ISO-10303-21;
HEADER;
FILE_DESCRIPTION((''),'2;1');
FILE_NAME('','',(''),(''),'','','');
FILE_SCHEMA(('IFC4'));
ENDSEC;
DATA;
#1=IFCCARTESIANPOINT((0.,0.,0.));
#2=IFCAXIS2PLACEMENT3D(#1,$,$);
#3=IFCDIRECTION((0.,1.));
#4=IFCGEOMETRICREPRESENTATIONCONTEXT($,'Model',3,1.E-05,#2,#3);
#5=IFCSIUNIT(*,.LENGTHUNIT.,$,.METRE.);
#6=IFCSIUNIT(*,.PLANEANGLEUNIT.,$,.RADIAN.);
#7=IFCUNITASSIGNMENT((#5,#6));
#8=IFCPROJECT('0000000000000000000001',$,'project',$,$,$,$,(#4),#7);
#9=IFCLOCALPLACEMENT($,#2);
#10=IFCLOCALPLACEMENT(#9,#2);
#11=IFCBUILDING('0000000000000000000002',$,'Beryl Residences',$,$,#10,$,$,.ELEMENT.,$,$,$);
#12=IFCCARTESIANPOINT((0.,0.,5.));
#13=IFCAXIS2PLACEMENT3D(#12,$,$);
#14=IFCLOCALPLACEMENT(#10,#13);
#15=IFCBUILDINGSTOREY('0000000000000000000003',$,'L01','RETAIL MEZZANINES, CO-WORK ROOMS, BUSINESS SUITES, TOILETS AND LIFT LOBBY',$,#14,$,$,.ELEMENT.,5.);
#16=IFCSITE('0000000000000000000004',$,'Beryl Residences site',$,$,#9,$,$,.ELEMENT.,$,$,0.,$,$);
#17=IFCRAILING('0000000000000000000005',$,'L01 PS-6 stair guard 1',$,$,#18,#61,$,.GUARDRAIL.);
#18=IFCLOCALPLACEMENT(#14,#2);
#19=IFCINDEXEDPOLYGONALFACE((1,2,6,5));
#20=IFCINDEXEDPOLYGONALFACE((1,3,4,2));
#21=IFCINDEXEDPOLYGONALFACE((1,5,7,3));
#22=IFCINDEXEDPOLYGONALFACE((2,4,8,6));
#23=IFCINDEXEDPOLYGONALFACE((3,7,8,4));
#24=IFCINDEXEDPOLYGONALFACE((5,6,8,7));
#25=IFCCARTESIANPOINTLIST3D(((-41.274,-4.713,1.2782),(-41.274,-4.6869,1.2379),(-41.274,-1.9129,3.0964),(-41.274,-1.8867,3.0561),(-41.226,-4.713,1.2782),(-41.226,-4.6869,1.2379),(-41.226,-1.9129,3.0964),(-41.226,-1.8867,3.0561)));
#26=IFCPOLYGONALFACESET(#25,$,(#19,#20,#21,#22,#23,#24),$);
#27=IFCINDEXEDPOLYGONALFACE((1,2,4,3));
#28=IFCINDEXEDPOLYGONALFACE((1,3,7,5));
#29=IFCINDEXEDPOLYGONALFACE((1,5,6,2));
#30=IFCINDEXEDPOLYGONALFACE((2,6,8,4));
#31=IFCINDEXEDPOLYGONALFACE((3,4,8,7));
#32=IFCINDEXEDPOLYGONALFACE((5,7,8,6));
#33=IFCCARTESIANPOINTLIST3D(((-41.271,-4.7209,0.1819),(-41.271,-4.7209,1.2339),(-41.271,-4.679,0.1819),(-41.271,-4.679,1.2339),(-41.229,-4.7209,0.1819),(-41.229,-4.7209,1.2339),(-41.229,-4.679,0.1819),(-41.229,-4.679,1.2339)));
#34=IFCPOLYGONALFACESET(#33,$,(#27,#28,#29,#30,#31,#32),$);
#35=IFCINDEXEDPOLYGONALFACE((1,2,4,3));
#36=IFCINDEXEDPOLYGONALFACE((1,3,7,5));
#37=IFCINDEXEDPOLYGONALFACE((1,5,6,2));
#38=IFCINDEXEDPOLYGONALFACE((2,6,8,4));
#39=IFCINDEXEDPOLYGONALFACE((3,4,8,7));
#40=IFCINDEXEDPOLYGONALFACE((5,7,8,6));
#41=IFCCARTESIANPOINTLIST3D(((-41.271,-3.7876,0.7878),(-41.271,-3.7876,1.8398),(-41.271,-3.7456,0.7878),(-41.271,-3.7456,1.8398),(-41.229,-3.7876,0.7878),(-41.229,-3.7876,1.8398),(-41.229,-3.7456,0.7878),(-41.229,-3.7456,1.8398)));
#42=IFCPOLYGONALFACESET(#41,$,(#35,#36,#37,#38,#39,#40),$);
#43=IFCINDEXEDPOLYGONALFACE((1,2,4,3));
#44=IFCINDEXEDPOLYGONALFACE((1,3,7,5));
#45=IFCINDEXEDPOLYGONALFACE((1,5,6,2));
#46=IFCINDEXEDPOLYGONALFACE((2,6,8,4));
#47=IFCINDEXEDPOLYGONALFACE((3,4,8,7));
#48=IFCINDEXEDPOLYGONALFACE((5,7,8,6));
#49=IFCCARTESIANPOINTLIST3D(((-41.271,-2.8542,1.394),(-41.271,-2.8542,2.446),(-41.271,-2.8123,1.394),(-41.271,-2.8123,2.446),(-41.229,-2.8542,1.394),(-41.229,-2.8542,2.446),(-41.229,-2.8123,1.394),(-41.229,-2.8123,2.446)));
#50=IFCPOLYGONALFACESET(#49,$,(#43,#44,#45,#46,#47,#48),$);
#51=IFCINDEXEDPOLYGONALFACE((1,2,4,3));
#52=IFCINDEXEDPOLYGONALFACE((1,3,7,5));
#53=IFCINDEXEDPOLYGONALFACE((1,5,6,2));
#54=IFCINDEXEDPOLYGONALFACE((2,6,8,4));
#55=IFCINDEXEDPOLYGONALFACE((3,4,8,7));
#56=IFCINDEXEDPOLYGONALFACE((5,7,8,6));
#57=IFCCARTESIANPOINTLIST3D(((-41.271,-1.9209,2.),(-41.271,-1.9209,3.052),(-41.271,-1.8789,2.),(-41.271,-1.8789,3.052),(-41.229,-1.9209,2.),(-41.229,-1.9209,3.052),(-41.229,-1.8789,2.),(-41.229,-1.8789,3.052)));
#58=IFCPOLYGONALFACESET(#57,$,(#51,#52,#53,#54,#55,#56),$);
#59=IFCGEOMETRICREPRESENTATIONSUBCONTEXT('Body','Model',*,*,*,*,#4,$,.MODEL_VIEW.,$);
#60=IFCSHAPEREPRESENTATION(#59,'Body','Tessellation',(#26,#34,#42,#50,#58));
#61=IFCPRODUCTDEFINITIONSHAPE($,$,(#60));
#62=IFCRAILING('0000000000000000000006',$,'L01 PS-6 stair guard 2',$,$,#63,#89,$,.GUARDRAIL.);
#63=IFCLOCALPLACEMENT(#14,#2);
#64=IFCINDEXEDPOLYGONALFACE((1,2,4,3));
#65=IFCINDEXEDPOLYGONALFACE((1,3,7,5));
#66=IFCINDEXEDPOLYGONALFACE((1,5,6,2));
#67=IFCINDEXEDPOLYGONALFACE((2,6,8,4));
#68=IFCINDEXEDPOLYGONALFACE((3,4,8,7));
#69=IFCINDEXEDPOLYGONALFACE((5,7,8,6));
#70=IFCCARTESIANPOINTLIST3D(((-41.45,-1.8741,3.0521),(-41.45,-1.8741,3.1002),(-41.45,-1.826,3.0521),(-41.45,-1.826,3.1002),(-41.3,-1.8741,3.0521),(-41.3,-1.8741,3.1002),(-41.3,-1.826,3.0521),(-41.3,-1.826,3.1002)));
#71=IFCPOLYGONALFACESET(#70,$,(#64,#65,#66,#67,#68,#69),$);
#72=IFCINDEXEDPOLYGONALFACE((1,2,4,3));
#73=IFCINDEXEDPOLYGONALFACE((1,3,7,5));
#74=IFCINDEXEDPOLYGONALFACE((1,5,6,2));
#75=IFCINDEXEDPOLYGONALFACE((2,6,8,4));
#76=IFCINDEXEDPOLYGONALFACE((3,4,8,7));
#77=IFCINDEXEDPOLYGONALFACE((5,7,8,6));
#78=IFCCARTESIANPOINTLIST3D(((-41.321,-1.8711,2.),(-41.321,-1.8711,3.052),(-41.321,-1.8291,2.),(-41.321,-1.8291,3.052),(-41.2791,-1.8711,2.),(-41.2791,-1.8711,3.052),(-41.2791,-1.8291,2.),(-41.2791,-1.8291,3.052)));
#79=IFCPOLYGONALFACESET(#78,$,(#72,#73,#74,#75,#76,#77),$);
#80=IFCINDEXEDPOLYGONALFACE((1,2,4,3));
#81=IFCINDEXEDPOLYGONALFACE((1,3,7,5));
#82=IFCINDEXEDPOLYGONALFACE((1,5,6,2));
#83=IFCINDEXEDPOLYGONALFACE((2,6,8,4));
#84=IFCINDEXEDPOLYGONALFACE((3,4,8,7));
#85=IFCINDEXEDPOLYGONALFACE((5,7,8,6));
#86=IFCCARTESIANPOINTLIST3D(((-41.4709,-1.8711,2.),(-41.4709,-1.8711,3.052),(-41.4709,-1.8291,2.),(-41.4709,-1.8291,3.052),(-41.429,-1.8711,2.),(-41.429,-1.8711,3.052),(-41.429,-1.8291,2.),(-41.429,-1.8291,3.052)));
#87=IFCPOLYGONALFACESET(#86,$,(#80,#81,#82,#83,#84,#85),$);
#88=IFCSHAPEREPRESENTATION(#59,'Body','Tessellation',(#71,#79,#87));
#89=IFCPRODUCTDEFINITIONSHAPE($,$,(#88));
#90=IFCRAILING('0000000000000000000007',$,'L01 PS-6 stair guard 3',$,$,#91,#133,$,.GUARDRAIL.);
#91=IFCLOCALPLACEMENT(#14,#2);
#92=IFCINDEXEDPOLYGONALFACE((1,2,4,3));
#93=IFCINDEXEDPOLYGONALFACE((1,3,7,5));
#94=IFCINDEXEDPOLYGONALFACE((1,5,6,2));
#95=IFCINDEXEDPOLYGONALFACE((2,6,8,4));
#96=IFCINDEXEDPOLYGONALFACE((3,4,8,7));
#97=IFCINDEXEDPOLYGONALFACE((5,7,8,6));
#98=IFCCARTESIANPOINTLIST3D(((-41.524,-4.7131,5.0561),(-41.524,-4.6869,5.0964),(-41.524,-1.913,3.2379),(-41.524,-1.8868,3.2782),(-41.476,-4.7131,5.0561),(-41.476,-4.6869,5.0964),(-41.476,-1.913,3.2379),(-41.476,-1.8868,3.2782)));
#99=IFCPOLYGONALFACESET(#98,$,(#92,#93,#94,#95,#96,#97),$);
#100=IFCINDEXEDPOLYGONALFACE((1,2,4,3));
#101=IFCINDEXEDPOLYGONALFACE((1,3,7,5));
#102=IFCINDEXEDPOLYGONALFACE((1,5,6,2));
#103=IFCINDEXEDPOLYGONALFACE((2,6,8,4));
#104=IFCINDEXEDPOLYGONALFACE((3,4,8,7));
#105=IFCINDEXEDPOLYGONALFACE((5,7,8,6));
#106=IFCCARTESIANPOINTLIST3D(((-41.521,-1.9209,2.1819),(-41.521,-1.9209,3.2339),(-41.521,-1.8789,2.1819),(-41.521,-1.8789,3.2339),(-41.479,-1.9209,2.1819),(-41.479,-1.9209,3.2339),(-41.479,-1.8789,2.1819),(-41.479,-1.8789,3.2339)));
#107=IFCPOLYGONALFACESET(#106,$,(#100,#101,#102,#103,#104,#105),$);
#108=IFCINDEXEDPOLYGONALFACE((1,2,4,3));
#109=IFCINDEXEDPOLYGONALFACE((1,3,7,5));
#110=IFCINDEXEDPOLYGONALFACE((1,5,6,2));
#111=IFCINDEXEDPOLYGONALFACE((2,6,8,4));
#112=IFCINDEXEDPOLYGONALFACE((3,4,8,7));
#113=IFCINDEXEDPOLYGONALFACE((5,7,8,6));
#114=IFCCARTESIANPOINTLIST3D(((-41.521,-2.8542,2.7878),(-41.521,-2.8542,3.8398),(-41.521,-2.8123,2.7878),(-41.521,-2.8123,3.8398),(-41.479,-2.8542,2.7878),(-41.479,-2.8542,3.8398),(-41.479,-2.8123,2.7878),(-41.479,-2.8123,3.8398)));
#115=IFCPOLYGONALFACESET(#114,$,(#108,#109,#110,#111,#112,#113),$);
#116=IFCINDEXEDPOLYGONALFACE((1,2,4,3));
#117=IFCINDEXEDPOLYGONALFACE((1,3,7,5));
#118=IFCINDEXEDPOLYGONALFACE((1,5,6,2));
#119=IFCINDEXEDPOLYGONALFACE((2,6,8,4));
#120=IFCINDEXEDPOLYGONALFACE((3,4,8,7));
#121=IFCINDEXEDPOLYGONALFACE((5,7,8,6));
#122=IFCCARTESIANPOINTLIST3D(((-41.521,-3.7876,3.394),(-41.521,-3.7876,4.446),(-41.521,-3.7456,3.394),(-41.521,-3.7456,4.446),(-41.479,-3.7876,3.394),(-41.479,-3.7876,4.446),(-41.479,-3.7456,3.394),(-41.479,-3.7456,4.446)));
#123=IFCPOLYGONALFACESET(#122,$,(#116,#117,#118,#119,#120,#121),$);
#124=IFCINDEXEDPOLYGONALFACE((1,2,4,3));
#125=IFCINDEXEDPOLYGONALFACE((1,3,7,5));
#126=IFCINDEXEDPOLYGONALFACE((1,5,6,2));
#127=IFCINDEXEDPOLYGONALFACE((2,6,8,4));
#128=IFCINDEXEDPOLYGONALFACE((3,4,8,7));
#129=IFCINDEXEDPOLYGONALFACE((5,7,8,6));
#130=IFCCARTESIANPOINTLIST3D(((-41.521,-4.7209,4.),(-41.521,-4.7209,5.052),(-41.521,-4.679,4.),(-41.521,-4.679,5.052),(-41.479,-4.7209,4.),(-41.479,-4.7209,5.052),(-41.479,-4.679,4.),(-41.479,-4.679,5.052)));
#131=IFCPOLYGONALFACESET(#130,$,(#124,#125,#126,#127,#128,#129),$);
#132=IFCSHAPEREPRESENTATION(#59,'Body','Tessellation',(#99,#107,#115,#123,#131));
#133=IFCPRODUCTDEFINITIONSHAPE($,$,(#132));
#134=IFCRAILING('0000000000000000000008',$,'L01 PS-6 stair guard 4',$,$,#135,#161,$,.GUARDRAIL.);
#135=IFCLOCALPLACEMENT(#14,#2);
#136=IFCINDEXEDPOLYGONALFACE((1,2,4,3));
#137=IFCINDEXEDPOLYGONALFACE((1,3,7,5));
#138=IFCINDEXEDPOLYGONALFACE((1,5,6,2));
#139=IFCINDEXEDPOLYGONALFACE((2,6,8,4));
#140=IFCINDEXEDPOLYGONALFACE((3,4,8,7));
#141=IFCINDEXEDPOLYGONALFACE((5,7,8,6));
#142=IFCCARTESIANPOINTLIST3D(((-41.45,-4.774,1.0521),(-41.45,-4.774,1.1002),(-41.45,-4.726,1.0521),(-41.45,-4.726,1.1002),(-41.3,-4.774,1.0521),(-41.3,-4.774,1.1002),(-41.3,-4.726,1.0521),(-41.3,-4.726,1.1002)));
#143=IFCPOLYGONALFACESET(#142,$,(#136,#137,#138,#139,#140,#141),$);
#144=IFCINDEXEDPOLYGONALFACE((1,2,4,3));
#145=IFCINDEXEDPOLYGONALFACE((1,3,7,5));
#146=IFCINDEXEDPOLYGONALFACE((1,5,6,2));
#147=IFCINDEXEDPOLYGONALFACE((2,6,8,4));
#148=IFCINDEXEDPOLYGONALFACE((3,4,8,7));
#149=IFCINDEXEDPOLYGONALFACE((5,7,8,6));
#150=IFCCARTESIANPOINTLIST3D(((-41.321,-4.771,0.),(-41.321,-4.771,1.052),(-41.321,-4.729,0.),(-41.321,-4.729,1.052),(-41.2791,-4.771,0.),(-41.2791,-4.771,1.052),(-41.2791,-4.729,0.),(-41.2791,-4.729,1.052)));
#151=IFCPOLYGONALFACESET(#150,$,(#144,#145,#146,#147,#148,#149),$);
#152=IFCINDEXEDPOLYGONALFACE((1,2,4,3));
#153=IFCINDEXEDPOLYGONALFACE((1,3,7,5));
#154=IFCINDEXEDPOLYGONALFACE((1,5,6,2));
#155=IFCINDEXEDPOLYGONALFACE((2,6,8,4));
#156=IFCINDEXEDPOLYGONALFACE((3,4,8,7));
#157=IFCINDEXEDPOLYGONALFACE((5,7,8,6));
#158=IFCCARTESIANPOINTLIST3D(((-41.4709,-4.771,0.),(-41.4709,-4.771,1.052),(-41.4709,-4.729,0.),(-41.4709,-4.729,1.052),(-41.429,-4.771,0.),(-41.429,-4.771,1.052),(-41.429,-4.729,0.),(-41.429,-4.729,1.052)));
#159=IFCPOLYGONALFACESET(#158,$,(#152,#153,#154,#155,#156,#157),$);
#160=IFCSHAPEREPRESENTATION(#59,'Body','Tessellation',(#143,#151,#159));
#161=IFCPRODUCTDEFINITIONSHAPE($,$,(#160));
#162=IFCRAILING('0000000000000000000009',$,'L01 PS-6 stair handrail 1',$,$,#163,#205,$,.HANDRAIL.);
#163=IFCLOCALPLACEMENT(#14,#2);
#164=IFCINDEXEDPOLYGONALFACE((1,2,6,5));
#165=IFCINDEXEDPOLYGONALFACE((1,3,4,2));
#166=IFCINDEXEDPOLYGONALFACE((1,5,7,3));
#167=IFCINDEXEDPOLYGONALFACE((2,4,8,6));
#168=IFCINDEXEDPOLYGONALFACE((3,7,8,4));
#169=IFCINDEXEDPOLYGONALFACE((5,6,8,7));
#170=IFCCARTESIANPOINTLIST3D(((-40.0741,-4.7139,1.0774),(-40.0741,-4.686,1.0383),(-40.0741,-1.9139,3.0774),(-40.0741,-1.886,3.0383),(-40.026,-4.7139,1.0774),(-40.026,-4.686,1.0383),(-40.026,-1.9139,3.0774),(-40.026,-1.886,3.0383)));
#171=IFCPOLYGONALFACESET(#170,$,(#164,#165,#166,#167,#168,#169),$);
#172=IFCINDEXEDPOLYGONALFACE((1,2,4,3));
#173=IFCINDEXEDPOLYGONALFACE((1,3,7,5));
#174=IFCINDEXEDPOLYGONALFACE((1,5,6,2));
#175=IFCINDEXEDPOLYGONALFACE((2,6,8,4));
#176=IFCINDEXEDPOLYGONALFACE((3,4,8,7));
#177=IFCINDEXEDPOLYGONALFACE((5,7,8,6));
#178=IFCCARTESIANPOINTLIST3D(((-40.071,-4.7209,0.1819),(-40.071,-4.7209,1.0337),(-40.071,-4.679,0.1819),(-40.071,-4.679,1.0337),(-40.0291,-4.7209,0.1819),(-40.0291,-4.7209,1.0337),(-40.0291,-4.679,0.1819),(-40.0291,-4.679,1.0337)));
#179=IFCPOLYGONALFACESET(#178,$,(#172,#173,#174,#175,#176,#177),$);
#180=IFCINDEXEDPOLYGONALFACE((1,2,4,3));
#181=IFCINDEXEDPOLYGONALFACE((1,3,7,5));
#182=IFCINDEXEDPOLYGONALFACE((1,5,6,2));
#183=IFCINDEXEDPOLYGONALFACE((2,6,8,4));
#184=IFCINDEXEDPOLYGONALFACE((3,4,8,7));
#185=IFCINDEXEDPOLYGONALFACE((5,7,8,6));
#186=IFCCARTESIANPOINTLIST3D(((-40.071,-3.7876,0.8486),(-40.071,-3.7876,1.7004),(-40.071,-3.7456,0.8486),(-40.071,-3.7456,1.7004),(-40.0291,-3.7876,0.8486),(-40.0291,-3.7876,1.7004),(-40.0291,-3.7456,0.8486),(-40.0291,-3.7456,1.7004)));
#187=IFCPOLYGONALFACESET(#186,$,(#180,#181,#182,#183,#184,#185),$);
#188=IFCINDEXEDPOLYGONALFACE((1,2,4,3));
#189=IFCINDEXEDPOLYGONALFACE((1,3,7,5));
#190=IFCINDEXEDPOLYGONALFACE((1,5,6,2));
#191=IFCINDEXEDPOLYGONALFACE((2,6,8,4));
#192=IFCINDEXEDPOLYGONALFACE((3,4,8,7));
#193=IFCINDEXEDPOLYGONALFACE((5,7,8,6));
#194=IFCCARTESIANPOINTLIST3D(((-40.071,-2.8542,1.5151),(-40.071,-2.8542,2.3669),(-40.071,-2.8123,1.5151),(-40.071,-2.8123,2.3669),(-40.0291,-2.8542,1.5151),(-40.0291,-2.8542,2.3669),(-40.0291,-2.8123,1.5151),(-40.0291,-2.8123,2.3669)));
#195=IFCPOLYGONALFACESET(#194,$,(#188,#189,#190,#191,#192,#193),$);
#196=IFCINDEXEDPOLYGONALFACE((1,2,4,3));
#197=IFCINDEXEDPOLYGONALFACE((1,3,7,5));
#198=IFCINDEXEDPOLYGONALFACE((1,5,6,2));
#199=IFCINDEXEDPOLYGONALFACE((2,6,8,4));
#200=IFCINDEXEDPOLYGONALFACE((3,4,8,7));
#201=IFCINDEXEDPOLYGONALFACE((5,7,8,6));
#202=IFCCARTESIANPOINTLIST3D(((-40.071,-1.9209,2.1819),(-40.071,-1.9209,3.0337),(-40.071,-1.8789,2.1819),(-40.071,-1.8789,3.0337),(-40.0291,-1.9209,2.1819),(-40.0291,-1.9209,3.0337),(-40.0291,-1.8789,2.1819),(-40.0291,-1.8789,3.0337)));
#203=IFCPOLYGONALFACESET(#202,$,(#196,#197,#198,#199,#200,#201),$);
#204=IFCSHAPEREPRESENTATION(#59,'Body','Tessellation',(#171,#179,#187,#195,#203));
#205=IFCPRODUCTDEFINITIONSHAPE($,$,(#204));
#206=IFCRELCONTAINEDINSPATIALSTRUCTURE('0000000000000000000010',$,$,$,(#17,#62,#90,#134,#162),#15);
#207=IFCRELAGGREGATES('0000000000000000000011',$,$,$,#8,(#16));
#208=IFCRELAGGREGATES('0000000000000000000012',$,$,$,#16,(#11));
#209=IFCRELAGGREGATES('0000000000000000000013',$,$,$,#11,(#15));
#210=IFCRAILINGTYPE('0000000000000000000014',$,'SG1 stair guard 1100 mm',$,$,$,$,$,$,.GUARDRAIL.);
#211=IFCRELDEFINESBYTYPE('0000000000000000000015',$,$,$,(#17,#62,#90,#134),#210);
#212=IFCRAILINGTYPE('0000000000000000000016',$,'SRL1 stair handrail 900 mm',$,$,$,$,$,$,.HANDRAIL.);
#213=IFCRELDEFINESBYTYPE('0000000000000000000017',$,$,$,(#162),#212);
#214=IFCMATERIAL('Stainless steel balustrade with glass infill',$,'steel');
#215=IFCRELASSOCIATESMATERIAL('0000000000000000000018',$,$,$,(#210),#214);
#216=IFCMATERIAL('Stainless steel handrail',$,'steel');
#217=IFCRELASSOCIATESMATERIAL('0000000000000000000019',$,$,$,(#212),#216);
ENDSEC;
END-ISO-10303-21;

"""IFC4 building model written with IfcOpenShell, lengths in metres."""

from ifc_helpers import new_model, si_unit, direction, frame, origin, origin_2d, place, context, subcontext, project, spatial, rectangle, extrude, material, type_object, element, save


model = new_model("IFC4")

# Units and contexts
model_context = context("Model", 3, precision=1e-05, world=origin(), true_north=direction((0.0, 1.0)))
body_context = subcontext(model_context, "Body", "Model", "MODEL_VIEW")
ifc_project = project(units=[si_unit("LENGTHUNIT", "METRE"), si_unit("PLANEANGLEUNIT", "RADIAN")], contexts=[model_context])

# Site, building, storey
site_placement = place(None, origin())
site = spatial("IfcSite", under=ifc_project, at=site_placement, Name="Beryl Residences site", CompositionType="ELEMENT", RefElevation=0.0)
building_placement = place(site_placement, origin())
building = spatial("IfcBuilding", under=site, at=building_placement, Name="Beryl Residences", CompositionType="ELEMENT")
storey_placement = place(building_placement, frame((0.0, 0.0, 5.0)))
storey = spatial("IfcBuildingStorey", under=building, at=storey_placement, Name="L01", Description="RETAIL MEZZANINES, CO-WORK ROOMS, BUSINESS SUITES, TOILETS AND LIFT LOBBY", CompositionType="ELEMENT", Elevation=5.0)

# Railings
ifc_material_1 = material(Name="Stainless steel balustrade with glass infill", Category="steel")
railing_type_1 = type_object("IfcRailingType", Name="SG1 stair guard 1100 mm", PredefinedType="GUARDRAIL", material=ifc_material_1)
railing_1_placement = place(storey_placement, frame((-41.25, -4.7, 0.1819)))
element("IfcRailing", 1, at=railing_1_placement, inside=storey, type_object=railing_type_1, Name="L01 PS-6 stair guard 1", PredefinedType="GUARDRAIL", context=body_context, shape_type="SweptSolid", body=[
    extrude(rectangle(XDim=0.0481, YDim=0.0481, at=origin_2d()), frame((0.0, 0.0, 1.0762), z_axis=(0.0, 0.838706, 0.544585), x_axis=(-1.0, 0.0, 0.0)), (0.0, 0.0, 1.0), 3.3386),
    extrude(rectangle(XDim=0.042, YDim=0.042, at=origin_2d()), origin(), (0.0, 0.0, 1.0), 1.052),
    extrude(rectangle(XDim=0.042, YDim=0.042, at=origin_2d()), frame((0.0, 0.9333, 0.606)), (0.0, 0.0, 1.0), 1.052),
    extrude(rectangle(XDim=0.042, YDim=0.042, at=origin_2d()), frame((0.0, 1.8667, 1.2122)), (0.0, 0.0, 1.0), 1.052),
    extrude(rectangle(XDim=0.042, YDim=0.042, at=origin_2d()), frame((0.0, 2.8, 1.8181)), (0.0, 0.0, 1.0), 1.052),
])
railing_2_placement = place(storey_placement, frame((-41.3, -1.8501, 2.0)))
element("IfcRailing", 2, at=railing_2_placement, inside=storey, type_object=railing_type_1, Name="L01 PS-6 stair guard 2", PredefinedType="GUARDRAIL", context=body_context, shape_type="SweptSolid", body=[
    extrude(rectangle(XDim=0.0481, YDim=0.0481, at=origin_2d()), frame((0.0, 0.0, 1.0762), z_axis=(-1.0, 0.0, 0.0), x_axis=(0.0, -1.0, 0.0)), (0.0, 0.0, 1.0), 0.1499),
    extrude(rectangle(XDim=0.042, YDim=0.042, at=origin_2d()), origin(), (0.0, 0.0, 1.0), 1.052),
    extrude(rectangle(XDim=0.042, YDim=0.042, at=origin_2d()), frame((-0.1499, 0.0, 0.0)), (0.0, 0.0, 1.0), 1.052),
])
railing_3_placement = place(storey_placement, frame((-41.5, -1.8999, 2.1819)))
element("IfcRailing", 3, at=railing_3_placement, inside=storey, type_object=railing_type_1, Name="L01 PS-6 stair guard 3", PredefinedType="GUARDRAIL", context=body_context, shape_type="SweptSolid", body=[
    extrude(rectangle(XDim=0.0481, YDim=0.0481, at=origin_2d()), frame((0.0, 0.0, 1.0762), z_axis=(0.0, -0.838706, 0.544585), x_axis=(1.0, 0.0, 0.0)), (0.0, 0.0, 1.0), 3.3386),
    extrude(rectangle(XDim=0.042, YDim=0.042, at=origin_2d()), origin(), (0.0, 0.0, 1.0), 1.052),
    extrude(rectangle(XDim=0.042, YDim=0.042, at=origin_2d()), frame((0.0, -0.9333, 0.606)), (0.0, 0.0, 1.0), 1.052),
    extrude(rectangle(XDim=0.042, YDim=0.042, at=origin_2d()), frame((0.0, -1.8667, 1.2122)), (0.0, 0.0, 1.0), 1.052),
    extrude(rectangle(XDim=0.042, YDim=0.042, at=origin_2d()), frame((0.0, -2.8, 1.8181)), (0.0, 0.0, 1.0), 1.052),
])
railing_4_placement = place(storey_placement, frame((-41.3, -4.75, 0.0)))
element("IfcRailing", 4, at=railing_4_placement, inside=storey, type_object=railing_type_1, Name="L01 PS-6 stair guard 4", PredefinedType="GUARDRAIL", context=body_context, shape_type="SweptSolid", body=[
    extrude(rectangle(XDim=0.0481, YDim=0.0481, at=origin_2d()), frame((0.0, 0.0, 1.0762), z_axis=(-1.0, 0.0, 0.0), x_axis=(0.0, -1.0, 0.0)), (0.0, 0.0, 1.0), 0.1499),
    extrude(rectangle(XDim=0.042, YDim=0.042, at=origin_2d()), origin(), (0.0, 0.0, 1.0), 1.052),
    extrude(rectangle(XDim=0.042, YDim=0.042, at=origin_2d()), frame((-0.1499, 0.0, 0.0)), (0.0, 0.0, 1.0), 1.052),
])
ifc_material_2 = material(Name="Stainless steel handrail", Category="steel")
railing_type_2 = type_object("IfcRailingType", Name="SRL1 stair handrail 900 mm", PredefinedType="HANDRAIL", material=ifc_material_2)
railing_5_placement = place(storey_placement, frame((-40.05, -4.7, 0.1819)))
element("IfcRailing", 5, at=railing_5_placement, inside=storey, type_object=railing_type_2, Name="L01 PS-6 stair handrail 1", PredefinedType="HANDRAIL", context=body_context, shape_type="SweptSolid", body=[
    extrude(rectangle(XDim=0.0481, YDim=0.0481, at=origin_2d()), frame((0.0, 0.0, 0.876), z_axis=(0.0, 0.813738, 0.581231), x_axis=(-1.0, 0.0, 0.0)), (0.0, 0.0, 1.0), 3.4409),
    extrude(rectangle(XDim=0.042, YDim=0.042, at=origin_2d()), origin(), (0.0, 0.0, 1.0), 0.8518),
    extrude(rectangle(XDim=0.042, YDim=0.042, at=origin_2d()), frame((0.0, 0.9333, 0.6667)), (0.0, 0.0, 1.0), 0.8518),
    extrude(rectangle(XDim=0.042, YDim=0.042, at=origin_2d()), frame((0.0, 1.8667, 1.3333)), (0.0, 0.0, 1.0), 0.8518),
    extrude(rectangle(XDim=0.042, YDim=0.042, at=origin_2d()), frame((0.0, 2.8, 2.0)), (0.0, 0.0, 1.0), 0.8518),
])

save(model, "model.ifc")
